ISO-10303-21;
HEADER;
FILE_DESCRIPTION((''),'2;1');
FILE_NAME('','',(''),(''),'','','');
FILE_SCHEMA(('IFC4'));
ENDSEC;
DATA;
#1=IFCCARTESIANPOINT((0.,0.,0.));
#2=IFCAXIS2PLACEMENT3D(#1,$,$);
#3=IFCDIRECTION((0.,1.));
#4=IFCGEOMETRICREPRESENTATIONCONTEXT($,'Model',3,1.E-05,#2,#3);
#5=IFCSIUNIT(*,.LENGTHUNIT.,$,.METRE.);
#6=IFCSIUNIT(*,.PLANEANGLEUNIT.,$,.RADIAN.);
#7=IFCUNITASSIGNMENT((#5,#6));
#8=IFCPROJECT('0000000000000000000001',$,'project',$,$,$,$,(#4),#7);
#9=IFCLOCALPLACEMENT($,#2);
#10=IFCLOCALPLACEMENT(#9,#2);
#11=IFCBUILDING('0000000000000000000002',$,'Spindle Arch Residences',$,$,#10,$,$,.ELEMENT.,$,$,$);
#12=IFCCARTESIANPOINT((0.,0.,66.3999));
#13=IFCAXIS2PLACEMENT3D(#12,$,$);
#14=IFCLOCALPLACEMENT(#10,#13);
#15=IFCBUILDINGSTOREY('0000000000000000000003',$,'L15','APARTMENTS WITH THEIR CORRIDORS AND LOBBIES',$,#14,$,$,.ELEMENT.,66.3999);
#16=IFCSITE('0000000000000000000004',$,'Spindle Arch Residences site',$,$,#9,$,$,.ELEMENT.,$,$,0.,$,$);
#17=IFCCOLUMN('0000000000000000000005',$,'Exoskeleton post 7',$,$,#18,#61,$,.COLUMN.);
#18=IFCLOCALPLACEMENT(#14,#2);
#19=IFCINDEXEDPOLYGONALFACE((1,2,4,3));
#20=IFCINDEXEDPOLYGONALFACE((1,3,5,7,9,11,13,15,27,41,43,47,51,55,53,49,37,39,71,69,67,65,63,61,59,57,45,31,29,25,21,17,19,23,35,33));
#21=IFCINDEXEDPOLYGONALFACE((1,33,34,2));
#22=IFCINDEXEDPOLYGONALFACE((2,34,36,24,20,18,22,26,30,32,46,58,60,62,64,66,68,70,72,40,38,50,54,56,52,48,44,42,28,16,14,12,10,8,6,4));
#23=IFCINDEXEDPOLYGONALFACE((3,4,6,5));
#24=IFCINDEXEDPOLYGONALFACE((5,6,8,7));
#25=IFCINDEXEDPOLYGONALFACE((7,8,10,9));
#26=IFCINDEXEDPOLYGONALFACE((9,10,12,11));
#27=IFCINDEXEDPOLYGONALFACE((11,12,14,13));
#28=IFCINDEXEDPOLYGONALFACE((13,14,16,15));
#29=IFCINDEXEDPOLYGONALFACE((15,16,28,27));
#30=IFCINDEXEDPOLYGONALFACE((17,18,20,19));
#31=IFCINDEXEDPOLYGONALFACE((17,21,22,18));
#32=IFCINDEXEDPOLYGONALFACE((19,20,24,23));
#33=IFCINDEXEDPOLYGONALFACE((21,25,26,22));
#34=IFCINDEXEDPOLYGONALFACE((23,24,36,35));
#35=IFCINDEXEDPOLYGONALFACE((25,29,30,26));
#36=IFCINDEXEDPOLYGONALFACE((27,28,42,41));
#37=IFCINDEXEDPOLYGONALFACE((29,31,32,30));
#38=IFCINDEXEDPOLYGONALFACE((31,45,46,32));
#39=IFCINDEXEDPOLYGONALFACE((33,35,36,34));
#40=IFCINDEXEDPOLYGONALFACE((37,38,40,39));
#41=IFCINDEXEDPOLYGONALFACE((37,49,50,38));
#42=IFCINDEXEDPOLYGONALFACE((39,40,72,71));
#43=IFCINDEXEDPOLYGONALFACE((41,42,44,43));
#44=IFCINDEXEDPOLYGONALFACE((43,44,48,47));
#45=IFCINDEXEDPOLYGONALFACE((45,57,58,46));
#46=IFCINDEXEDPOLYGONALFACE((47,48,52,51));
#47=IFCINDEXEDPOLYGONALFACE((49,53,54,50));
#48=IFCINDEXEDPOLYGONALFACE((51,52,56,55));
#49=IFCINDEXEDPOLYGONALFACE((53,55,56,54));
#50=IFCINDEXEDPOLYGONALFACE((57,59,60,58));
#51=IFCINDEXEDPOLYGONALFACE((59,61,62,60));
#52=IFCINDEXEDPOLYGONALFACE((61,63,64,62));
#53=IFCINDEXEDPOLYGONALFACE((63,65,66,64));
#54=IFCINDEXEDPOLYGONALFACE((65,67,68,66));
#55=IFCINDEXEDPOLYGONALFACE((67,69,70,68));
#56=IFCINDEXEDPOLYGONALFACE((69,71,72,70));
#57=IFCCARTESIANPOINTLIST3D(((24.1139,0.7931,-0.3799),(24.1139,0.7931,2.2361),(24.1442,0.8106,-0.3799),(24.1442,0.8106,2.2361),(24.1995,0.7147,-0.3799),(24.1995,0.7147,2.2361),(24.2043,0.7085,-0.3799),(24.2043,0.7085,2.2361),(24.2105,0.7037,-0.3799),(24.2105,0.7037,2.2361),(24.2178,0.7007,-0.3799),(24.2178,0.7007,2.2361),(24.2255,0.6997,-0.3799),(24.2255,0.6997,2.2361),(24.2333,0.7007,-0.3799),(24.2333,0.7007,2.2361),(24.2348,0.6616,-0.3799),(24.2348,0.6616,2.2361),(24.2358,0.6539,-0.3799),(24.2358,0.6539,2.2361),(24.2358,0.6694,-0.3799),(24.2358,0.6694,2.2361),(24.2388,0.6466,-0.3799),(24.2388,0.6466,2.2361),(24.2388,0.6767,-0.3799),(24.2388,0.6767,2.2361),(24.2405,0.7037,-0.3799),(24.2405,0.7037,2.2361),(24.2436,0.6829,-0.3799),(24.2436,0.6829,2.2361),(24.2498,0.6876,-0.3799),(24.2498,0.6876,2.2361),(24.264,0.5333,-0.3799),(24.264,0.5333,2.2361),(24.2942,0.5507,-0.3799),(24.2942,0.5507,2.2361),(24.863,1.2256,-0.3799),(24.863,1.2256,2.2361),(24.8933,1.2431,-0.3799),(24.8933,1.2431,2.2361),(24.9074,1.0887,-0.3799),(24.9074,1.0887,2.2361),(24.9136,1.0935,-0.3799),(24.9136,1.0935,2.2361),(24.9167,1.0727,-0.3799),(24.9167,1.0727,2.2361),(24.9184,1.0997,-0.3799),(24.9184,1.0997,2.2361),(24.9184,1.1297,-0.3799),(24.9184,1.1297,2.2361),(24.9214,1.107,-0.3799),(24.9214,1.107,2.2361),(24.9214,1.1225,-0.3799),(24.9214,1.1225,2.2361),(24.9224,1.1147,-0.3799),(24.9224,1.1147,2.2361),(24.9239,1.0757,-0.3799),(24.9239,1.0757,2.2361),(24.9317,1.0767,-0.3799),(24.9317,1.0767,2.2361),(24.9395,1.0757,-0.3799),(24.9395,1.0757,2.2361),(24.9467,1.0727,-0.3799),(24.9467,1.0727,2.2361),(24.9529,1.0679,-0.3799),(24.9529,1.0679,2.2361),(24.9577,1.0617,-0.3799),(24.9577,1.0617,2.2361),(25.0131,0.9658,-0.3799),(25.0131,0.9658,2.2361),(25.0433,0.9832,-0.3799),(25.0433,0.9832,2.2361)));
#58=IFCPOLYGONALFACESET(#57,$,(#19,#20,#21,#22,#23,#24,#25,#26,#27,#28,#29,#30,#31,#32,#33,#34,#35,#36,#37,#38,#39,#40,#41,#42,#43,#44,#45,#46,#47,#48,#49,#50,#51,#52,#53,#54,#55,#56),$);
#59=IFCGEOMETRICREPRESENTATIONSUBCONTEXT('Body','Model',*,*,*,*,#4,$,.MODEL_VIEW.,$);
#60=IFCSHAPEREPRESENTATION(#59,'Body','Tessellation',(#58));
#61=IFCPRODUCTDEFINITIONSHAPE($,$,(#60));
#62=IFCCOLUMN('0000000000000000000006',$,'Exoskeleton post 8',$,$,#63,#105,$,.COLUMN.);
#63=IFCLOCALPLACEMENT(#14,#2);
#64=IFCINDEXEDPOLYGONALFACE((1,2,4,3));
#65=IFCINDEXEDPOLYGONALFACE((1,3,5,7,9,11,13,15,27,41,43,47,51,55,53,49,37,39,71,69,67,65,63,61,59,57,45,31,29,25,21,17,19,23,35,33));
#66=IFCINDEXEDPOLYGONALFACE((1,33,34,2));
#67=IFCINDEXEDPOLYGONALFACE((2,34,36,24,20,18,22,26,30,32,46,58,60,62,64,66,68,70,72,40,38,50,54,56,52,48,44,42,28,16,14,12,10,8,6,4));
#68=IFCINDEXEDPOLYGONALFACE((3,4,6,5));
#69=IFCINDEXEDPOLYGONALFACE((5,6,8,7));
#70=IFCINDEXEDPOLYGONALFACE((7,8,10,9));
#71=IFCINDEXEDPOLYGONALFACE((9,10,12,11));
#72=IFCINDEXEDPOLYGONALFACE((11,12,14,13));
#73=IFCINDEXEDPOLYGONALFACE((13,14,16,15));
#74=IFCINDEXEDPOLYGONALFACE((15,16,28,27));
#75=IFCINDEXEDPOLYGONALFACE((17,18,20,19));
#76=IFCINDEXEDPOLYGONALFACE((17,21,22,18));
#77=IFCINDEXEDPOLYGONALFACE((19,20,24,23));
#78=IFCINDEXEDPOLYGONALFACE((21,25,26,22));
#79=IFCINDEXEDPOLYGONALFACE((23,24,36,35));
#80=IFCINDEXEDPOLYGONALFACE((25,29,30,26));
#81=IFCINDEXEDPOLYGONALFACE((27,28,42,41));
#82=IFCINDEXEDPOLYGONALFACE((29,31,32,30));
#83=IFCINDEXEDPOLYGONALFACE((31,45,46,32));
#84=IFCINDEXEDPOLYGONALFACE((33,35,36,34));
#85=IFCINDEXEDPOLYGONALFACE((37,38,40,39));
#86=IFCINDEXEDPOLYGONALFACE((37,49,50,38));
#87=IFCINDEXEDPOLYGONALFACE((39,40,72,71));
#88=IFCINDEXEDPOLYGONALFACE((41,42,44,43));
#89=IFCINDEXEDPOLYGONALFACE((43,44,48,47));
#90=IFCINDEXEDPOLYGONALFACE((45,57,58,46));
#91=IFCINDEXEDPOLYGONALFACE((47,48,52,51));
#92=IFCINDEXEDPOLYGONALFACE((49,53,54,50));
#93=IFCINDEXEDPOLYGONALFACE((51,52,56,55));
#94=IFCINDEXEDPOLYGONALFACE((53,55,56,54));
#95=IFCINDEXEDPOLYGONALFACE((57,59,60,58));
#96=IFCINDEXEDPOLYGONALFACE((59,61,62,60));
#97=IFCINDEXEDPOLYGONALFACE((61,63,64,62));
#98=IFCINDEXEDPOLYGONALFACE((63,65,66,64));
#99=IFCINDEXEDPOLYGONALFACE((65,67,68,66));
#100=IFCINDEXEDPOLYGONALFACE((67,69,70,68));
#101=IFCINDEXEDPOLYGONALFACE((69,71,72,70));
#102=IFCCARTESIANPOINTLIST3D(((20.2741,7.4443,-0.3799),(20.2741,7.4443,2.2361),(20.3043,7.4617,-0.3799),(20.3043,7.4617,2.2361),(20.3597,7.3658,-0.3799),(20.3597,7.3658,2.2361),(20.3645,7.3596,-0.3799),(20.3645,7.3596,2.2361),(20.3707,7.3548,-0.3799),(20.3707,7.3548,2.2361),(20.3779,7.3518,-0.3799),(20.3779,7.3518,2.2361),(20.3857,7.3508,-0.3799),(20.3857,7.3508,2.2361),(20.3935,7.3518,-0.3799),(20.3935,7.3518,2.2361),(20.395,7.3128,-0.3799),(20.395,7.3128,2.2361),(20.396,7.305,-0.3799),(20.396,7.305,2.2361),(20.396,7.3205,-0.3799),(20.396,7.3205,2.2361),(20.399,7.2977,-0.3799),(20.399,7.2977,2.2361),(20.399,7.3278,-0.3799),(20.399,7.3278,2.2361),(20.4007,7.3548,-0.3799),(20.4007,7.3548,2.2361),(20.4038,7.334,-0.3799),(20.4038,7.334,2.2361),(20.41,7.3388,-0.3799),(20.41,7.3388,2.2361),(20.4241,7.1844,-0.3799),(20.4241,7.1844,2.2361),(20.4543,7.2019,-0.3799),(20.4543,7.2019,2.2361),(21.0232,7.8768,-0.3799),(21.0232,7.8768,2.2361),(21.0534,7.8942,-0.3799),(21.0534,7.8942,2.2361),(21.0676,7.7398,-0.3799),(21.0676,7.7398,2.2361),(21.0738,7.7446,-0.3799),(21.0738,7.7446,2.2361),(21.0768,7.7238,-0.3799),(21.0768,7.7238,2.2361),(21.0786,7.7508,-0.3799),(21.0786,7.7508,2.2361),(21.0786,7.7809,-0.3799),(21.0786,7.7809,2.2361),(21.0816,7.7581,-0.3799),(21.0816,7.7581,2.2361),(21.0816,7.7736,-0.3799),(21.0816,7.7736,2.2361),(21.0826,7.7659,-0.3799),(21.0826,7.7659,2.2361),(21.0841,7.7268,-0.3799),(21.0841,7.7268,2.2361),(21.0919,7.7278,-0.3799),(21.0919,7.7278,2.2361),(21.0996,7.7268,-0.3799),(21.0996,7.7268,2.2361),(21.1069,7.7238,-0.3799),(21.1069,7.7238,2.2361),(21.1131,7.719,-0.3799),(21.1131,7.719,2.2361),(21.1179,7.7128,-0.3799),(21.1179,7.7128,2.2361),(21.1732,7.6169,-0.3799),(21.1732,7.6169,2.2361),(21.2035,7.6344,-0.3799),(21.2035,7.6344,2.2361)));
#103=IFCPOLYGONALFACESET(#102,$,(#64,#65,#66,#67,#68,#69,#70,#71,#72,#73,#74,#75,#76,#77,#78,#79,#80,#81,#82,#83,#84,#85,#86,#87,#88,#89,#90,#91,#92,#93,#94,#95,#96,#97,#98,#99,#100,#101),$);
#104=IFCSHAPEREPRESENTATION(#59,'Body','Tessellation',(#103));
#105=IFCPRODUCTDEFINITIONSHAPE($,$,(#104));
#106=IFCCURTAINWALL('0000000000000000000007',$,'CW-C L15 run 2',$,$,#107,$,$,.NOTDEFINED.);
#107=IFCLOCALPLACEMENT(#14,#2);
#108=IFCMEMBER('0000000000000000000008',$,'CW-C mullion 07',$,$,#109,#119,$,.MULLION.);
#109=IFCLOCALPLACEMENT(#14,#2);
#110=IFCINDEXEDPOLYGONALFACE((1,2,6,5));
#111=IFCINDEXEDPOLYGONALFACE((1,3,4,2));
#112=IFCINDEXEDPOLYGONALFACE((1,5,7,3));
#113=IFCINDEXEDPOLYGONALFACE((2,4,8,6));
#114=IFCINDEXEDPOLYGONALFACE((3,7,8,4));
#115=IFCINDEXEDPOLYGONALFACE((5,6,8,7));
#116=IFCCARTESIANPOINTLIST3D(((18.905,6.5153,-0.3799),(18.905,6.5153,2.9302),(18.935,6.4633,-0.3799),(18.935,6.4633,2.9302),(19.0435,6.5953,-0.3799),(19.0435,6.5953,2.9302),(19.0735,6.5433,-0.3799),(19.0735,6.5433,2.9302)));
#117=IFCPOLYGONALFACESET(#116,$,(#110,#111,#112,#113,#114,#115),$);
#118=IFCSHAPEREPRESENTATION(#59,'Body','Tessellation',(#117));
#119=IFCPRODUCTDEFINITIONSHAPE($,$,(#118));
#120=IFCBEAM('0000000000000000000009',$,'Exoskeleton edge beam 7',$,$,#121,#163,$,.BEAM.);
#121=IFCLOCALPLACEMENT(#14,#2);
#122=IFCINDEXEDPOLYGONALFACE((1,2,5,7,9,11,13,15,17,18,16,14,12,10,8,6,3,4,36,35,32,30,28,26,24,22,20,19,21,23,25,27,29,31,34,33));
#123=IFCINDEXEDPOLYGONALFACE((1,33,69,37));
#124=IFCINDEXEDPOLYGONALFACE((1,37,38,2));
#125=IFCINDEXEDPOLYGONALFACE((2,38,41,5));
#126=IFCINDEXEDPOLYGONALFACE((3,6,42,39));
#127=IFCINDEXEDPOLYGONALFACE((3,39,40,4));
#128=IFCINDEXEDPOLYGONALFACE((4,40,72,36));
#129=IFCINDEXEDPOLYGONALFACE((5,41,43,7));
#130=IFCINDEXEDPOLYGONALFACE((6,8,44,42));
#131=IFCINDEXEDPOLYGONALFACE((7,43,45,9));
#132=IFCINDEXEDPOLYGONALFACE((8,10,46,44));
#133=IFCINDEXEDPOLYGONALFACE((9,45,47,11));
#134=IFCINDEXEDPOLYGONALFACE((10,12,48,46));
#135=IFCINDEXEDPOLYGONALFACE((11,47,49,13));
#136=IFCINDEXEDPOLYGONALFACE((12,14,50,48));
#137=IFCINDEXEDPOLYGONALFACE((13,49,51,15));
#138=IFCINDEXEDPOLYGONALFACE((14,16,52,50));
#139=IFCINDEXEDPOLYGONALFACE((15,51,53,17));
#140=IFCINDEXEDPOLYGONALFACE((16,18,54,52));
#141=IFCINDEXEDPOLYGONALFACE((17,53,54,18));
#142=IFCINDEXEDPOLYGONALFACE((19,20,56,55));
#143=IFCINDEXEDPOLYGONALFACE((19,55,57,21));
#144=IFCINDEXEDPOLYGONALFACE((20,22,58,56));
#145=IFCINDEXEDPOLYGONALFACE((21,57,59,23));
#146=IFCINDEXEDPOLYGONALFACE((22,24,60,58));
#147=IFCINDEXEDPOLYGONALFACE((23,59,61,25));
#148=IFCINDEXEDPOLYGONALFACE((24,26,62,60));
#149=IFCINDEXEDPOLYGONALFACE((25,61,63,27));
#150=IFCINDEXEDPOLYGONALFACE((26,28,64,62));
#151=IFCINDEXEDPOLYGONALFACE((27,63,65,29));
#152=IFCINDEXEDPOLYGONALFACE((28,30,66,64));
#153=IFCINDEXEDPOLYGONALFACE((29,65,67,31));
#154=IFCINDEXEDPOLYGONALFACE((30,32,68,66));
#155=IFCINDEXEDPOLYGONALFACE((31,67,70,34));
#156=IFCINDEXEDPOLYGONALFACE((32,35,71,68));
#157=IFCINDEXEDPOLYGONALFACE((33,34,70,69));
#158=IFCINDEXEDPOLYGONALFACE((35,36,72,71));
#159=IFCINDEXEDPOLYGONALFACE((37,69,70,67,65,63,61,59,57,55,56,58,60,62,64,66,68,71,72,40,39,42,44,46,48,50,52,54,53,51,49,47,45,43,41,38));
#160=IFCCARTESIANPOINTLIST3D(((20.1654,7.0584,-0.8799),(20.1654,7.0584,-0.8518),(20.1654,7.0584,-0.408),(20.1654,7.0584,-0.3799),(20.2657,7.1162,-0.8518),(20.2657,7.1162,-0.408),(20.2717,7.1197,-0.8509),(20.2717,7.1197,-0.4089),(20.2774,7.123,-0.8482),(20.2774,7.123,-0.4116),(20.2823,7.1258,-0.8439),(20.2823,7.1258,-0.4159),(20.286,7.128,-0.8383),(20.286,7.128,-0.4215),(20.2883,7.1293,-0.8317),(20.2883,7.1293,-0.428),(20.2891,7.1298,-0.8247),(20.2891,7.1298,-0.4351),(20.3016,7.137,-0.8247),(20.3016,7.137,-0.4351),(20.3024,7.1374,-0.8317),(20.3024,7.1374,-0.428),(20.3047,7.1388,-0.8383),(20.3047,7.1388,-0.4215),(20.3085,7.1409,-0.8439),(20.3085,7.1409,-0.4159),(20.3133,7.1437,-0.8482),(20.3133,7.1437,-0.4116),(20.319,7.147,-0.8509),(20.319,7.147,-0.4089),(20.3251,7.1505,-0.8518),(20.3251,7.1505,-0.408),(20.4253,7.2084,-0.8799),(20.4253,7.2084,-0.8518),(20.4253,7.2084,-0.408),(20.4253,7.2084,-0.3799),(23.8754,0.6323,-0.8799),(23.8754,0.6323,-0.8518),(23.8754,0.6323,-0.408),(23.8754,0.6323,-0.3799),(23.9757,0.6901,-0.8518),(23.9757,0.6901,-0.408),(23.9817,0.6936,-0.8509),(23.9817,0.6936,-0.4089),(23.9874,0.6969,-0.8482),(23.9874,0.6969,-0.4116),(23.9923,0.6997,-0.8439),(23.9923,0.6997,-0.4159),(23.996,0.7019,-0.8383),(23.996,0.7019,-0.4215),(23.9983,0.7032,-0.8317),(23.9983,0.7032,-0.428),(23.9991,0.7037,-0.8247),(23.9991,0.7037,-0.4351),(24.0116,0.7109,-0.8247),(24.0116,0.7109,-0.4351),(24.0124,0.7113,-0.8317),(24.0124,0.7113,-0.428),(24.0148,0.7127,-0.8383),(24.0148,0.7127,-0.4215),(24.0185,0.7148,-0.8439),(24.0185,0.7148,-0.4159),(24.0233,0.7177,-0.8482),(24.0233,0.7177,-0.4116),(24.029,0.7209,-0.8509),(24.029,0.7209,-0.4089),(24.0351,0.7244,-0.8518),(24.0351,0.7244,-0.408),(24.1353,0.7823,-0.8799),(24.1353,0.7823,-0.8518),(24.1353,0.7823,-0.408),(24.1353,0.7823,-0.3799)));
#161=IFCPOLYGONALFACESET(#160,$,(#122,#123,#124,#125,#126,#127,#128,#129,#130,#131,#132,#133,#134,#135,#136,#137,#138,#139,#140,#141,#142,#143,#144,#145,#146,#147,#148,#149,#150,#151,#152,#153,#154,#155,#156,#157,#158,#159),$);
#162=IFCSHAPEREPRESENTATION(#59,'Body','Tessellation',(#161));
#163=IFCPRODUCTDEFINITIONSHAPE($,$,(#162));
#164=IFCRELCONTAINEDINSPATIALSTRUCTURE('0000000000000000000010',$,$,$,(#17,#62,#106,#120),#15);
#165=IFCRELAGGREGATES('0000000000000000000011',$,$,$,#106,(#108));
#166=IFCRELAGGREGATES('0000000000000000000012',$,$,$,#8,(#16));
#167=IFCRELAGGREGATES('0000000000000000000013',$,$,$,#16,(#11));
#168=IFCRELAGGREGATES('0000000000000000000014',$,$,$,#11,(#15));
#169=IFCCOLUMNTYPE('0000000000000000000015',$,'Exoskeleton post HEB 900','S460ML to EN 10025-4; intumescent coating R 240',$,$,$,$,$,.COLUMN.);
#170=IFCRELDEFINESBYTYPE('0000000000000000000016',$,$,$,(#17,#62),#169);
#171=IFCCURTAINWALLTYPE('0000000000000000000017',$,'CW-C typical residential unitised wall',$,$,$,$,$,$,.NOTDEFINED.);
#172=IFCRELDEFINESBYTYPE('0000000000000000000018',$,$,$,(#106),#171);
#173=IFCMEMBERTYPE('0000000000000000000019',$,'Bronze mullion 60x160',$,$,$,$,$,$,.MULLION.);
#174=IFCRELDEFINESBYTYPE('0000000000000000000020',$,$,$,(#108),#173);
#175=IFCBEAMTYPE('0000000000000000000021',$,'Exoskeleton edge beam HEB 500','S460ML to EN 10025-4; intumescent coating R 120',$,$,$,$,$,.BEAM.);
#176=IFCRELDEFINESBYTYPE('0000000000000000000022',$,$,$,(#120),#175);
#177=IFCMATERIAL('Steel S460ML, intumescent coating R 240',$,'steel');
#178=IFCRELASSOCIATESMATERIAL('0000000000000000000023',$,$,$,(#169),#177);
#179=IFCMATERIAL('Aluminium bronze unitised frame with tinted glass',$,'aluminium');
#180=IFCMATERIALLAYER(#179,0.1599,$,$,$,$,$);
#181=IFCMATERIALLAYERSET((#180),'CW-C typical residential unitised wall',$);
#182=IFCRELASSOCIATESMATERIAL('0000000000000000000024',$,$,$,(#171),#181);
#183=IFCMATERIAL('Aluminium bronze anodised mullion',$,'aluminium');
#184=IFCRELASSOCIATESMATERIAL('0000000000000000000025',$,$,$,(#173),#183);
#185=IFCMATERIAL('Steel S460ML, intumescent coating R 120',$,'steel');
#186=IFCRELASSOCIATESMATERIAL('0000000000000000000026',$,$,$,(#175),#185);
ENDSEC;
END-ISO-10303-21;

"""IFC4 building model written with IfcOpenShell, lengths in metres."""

from ifc_helpers import new_model, si_unit, direction, frame, origin, origin_2d, place, context, subcontext, project, spatial, rectangle, i_section, extrude, material, layer, layer_set, material_profile, profile_set, type_object, element, aggregate, save


model = new_model("IFC4")

# Units and contexts
model_context = context("Model", 3, precision=1e-05, world=origin(), true_north=direction((0.0, 1.0)))
body_context = subcontext(model_context, "Body", "Model", "MODEL_VIEW")
ifc_project = project(units=[si_unit("LENGTHUNIT", "METRE"), si_unit("PLANEANGLEUNIT", "RADIAN")], contexts=[model_context])

# Site, building, storey
site_placement = place(None, origin())
site = spatial("IfcSite", under=ifc_project, at=site_placement, Name="Spindle Arch Residences site", CompositionType="ELEMENT", RefElevation=0.0)
building_placement = place(site_placement, origin())
building = spatial("IfcBuilding", under=site, at=building_placement, Name="Spindle Arch Residences", CompositionType="ELEMENT")
storey_placement = place(building_placement, frame((0.0, 0.0, 66.3999)))
storey = spatial("IfcBuildingStorey", under=building, at=storey_placement, Name="L15", Description="APARTMENTS WITH THEIR CORRIDORS AND LOBBIES", CompositionType="ELEMENT", Elevation=66.3999)

# Columns
ifc_material_1 = material(Name="Steel S460ML, intumescent coating R 240", Category="steel")
ifc_material_profile_1 = material_profile(ifc_material_1, i_section(OverallWidth=0.3, OverallDepth=0.8999, WebThickness=0.0186, FlangeThickness=0.0349, FilletRadius=0.03, at=origin_2d()), Name="HEB 900")
ifc_profile_set_1 = profile_set([ifc_material_profile_1], Name="Steel S460ML, intumescent coating R 240")
column_type = type_object("IfcColumnType", Name="Exoskeleton post HEB 900", Description="S460ML to EN 10025-4; intumescent coating R 240", PredefinedType="COLUMN", material=ifc_profile_set_1)
for number, where, z_axis, x_axis, name in (
    (1, (24.5786, 0.8882, -0.3799), (0.0, 0.0, 1.0), (0.5, -0.866025, 0.0), "Exoskeleton post 7"),
    (2, (20.7388, 7.5393, -0.3799), (0.0, 0.0, 1.0), (0.5, -0.866025, 0.0), "Exoskeleton post 8"),
):
    element("IfcColumn", number, at=place(storey_placement, frame(where, z_axis=z_axis, x_axis=x_axis)), inside=storey, type_object=column_type, Name=name, PredefinedType="COLUMN", context=body_context, shape_type="SweptSolid", body=[
        extrude(i_section(OverallWidth=0.3, OverallDepth=0.8999, WebThickness=0.0186, FlangeThickness=0.0349, FilletRadius=0.03, at=origin_2d()), origin(), (0.0, 0.0, 1.0), 2.616),
    ])

# Curtain wall, member
ifc_material_2 = material(Name="Aluminium bronze unitised frame with tinted glass", Category="aluminium")
ifc_layer_1 = layer(ifc_material_2, 0.1599)
ifc_layer_set_1 = layer_set([ifc_layer_1], Name="CW-C typical residential unitised wall")
curtain_wall_type = type_object("IfcCurtainWallType", Name="CW-C typical residential unitised wall", PredefinedType="NOTDEFINED", material=ifc_layer_set_1)
curtain_wall_placement = place(storey_placement, origin())
curtain_wall = element("IfcCurtainWall", 3, at=curtain_wall_placement, inside=storey, type_object=curtain_wall_type, Name="CW-C L15 run 2", PredefinedType="NOTDEFINED")
ifc_material_3 = material(Name="Aluminium bronze anodised mullion", Category="aluminium")
ifc_material_profile_2 = material_profile(ifc_material_3, rectangle(XDim=0.1599, YDim=0.0601, at=origin_2d()), Name="MU 60x160")
ifc_profile_set_2 = profile_set([ifc_material_profile_2], Name="Aluminium bronze anodised mullion")
member_type = type_object("IfcMemberType", Name="Bronze mullion 60x160", PredefinedType="MULLION", material=ifc_profile_set_2)
member_placement = place(storey_placement, frame((18.9893, 6.5293, -0.3799), z_axis=(0.0, 0.0, 1.0), x_axis=(-0.866025, -0.5, 0.0)))
member = element("IfcMember", 4, at=member_placement, type_object=member_type, Name="CW-C mullion 07", PredefinedType="MULLION", context=body_context, shape_type="SweptSolid", body=[
    extrude(rectangle(XDim=0.1599, YDim=0.0601, at=origin_2d()), origin(), (0.0, 0.0, 1.0), 3.3101),
])

# Beam
ifc_material_4 = material(Name="Steel S460ML, intumescent coating R 120", Category="steel")
ifc_material_profile_3 = material_profile(ifc_material_4, i_section(OverallWidth=0.3, OverallDepth=0.5, WebThickness=0.0144, FlangeThickness=0.0281, FilletRadius=0.0271, at=origin_2d()), Name="HEB 500")
ifc_profile_set_3 = profile_set([ifc_material_profile_3], Name="Steel S460ML, intumescent coating R 120")
beam_type_1 = type_object("IfcBeamType", Name="Exoskeleton edge beam HEB 500", Description="S460ML to EN 10025-4; intumescent coating R 120", PredefinedType="BEAM", material=ifc_profile_set_3)
for number, where, z_axis, x_axis, name in (
    (5, (24.0054, 0.7073, -0.6299), (-0.499989, 0.866032, 0.0), (-0.866032, -0.499989, 0.0), "Exoskeleton edge beam 7"),
):
    element("IfcBeam", number, at=place(storey_placement, frame(where, z_axis=z_axis, x_axis=x_axis)), inside=storey, type_object=beam_type_1, Name=name, PredefinedType="BEAM", context=body_context, shape_type="SweptSolid", body=[
        extrude(i_section(OverallWidth=0.3, OverallDepth=0.5, WebThickness=0.0144, FlangeThickness=0.0281, FilletRadius=0.0271, at=origin_2d()), origin(), (0.0, 0.0, 1.0), 7.4202),
    ])

aggregate(curtain_wall, [member])

save(model, "model.ifc")
